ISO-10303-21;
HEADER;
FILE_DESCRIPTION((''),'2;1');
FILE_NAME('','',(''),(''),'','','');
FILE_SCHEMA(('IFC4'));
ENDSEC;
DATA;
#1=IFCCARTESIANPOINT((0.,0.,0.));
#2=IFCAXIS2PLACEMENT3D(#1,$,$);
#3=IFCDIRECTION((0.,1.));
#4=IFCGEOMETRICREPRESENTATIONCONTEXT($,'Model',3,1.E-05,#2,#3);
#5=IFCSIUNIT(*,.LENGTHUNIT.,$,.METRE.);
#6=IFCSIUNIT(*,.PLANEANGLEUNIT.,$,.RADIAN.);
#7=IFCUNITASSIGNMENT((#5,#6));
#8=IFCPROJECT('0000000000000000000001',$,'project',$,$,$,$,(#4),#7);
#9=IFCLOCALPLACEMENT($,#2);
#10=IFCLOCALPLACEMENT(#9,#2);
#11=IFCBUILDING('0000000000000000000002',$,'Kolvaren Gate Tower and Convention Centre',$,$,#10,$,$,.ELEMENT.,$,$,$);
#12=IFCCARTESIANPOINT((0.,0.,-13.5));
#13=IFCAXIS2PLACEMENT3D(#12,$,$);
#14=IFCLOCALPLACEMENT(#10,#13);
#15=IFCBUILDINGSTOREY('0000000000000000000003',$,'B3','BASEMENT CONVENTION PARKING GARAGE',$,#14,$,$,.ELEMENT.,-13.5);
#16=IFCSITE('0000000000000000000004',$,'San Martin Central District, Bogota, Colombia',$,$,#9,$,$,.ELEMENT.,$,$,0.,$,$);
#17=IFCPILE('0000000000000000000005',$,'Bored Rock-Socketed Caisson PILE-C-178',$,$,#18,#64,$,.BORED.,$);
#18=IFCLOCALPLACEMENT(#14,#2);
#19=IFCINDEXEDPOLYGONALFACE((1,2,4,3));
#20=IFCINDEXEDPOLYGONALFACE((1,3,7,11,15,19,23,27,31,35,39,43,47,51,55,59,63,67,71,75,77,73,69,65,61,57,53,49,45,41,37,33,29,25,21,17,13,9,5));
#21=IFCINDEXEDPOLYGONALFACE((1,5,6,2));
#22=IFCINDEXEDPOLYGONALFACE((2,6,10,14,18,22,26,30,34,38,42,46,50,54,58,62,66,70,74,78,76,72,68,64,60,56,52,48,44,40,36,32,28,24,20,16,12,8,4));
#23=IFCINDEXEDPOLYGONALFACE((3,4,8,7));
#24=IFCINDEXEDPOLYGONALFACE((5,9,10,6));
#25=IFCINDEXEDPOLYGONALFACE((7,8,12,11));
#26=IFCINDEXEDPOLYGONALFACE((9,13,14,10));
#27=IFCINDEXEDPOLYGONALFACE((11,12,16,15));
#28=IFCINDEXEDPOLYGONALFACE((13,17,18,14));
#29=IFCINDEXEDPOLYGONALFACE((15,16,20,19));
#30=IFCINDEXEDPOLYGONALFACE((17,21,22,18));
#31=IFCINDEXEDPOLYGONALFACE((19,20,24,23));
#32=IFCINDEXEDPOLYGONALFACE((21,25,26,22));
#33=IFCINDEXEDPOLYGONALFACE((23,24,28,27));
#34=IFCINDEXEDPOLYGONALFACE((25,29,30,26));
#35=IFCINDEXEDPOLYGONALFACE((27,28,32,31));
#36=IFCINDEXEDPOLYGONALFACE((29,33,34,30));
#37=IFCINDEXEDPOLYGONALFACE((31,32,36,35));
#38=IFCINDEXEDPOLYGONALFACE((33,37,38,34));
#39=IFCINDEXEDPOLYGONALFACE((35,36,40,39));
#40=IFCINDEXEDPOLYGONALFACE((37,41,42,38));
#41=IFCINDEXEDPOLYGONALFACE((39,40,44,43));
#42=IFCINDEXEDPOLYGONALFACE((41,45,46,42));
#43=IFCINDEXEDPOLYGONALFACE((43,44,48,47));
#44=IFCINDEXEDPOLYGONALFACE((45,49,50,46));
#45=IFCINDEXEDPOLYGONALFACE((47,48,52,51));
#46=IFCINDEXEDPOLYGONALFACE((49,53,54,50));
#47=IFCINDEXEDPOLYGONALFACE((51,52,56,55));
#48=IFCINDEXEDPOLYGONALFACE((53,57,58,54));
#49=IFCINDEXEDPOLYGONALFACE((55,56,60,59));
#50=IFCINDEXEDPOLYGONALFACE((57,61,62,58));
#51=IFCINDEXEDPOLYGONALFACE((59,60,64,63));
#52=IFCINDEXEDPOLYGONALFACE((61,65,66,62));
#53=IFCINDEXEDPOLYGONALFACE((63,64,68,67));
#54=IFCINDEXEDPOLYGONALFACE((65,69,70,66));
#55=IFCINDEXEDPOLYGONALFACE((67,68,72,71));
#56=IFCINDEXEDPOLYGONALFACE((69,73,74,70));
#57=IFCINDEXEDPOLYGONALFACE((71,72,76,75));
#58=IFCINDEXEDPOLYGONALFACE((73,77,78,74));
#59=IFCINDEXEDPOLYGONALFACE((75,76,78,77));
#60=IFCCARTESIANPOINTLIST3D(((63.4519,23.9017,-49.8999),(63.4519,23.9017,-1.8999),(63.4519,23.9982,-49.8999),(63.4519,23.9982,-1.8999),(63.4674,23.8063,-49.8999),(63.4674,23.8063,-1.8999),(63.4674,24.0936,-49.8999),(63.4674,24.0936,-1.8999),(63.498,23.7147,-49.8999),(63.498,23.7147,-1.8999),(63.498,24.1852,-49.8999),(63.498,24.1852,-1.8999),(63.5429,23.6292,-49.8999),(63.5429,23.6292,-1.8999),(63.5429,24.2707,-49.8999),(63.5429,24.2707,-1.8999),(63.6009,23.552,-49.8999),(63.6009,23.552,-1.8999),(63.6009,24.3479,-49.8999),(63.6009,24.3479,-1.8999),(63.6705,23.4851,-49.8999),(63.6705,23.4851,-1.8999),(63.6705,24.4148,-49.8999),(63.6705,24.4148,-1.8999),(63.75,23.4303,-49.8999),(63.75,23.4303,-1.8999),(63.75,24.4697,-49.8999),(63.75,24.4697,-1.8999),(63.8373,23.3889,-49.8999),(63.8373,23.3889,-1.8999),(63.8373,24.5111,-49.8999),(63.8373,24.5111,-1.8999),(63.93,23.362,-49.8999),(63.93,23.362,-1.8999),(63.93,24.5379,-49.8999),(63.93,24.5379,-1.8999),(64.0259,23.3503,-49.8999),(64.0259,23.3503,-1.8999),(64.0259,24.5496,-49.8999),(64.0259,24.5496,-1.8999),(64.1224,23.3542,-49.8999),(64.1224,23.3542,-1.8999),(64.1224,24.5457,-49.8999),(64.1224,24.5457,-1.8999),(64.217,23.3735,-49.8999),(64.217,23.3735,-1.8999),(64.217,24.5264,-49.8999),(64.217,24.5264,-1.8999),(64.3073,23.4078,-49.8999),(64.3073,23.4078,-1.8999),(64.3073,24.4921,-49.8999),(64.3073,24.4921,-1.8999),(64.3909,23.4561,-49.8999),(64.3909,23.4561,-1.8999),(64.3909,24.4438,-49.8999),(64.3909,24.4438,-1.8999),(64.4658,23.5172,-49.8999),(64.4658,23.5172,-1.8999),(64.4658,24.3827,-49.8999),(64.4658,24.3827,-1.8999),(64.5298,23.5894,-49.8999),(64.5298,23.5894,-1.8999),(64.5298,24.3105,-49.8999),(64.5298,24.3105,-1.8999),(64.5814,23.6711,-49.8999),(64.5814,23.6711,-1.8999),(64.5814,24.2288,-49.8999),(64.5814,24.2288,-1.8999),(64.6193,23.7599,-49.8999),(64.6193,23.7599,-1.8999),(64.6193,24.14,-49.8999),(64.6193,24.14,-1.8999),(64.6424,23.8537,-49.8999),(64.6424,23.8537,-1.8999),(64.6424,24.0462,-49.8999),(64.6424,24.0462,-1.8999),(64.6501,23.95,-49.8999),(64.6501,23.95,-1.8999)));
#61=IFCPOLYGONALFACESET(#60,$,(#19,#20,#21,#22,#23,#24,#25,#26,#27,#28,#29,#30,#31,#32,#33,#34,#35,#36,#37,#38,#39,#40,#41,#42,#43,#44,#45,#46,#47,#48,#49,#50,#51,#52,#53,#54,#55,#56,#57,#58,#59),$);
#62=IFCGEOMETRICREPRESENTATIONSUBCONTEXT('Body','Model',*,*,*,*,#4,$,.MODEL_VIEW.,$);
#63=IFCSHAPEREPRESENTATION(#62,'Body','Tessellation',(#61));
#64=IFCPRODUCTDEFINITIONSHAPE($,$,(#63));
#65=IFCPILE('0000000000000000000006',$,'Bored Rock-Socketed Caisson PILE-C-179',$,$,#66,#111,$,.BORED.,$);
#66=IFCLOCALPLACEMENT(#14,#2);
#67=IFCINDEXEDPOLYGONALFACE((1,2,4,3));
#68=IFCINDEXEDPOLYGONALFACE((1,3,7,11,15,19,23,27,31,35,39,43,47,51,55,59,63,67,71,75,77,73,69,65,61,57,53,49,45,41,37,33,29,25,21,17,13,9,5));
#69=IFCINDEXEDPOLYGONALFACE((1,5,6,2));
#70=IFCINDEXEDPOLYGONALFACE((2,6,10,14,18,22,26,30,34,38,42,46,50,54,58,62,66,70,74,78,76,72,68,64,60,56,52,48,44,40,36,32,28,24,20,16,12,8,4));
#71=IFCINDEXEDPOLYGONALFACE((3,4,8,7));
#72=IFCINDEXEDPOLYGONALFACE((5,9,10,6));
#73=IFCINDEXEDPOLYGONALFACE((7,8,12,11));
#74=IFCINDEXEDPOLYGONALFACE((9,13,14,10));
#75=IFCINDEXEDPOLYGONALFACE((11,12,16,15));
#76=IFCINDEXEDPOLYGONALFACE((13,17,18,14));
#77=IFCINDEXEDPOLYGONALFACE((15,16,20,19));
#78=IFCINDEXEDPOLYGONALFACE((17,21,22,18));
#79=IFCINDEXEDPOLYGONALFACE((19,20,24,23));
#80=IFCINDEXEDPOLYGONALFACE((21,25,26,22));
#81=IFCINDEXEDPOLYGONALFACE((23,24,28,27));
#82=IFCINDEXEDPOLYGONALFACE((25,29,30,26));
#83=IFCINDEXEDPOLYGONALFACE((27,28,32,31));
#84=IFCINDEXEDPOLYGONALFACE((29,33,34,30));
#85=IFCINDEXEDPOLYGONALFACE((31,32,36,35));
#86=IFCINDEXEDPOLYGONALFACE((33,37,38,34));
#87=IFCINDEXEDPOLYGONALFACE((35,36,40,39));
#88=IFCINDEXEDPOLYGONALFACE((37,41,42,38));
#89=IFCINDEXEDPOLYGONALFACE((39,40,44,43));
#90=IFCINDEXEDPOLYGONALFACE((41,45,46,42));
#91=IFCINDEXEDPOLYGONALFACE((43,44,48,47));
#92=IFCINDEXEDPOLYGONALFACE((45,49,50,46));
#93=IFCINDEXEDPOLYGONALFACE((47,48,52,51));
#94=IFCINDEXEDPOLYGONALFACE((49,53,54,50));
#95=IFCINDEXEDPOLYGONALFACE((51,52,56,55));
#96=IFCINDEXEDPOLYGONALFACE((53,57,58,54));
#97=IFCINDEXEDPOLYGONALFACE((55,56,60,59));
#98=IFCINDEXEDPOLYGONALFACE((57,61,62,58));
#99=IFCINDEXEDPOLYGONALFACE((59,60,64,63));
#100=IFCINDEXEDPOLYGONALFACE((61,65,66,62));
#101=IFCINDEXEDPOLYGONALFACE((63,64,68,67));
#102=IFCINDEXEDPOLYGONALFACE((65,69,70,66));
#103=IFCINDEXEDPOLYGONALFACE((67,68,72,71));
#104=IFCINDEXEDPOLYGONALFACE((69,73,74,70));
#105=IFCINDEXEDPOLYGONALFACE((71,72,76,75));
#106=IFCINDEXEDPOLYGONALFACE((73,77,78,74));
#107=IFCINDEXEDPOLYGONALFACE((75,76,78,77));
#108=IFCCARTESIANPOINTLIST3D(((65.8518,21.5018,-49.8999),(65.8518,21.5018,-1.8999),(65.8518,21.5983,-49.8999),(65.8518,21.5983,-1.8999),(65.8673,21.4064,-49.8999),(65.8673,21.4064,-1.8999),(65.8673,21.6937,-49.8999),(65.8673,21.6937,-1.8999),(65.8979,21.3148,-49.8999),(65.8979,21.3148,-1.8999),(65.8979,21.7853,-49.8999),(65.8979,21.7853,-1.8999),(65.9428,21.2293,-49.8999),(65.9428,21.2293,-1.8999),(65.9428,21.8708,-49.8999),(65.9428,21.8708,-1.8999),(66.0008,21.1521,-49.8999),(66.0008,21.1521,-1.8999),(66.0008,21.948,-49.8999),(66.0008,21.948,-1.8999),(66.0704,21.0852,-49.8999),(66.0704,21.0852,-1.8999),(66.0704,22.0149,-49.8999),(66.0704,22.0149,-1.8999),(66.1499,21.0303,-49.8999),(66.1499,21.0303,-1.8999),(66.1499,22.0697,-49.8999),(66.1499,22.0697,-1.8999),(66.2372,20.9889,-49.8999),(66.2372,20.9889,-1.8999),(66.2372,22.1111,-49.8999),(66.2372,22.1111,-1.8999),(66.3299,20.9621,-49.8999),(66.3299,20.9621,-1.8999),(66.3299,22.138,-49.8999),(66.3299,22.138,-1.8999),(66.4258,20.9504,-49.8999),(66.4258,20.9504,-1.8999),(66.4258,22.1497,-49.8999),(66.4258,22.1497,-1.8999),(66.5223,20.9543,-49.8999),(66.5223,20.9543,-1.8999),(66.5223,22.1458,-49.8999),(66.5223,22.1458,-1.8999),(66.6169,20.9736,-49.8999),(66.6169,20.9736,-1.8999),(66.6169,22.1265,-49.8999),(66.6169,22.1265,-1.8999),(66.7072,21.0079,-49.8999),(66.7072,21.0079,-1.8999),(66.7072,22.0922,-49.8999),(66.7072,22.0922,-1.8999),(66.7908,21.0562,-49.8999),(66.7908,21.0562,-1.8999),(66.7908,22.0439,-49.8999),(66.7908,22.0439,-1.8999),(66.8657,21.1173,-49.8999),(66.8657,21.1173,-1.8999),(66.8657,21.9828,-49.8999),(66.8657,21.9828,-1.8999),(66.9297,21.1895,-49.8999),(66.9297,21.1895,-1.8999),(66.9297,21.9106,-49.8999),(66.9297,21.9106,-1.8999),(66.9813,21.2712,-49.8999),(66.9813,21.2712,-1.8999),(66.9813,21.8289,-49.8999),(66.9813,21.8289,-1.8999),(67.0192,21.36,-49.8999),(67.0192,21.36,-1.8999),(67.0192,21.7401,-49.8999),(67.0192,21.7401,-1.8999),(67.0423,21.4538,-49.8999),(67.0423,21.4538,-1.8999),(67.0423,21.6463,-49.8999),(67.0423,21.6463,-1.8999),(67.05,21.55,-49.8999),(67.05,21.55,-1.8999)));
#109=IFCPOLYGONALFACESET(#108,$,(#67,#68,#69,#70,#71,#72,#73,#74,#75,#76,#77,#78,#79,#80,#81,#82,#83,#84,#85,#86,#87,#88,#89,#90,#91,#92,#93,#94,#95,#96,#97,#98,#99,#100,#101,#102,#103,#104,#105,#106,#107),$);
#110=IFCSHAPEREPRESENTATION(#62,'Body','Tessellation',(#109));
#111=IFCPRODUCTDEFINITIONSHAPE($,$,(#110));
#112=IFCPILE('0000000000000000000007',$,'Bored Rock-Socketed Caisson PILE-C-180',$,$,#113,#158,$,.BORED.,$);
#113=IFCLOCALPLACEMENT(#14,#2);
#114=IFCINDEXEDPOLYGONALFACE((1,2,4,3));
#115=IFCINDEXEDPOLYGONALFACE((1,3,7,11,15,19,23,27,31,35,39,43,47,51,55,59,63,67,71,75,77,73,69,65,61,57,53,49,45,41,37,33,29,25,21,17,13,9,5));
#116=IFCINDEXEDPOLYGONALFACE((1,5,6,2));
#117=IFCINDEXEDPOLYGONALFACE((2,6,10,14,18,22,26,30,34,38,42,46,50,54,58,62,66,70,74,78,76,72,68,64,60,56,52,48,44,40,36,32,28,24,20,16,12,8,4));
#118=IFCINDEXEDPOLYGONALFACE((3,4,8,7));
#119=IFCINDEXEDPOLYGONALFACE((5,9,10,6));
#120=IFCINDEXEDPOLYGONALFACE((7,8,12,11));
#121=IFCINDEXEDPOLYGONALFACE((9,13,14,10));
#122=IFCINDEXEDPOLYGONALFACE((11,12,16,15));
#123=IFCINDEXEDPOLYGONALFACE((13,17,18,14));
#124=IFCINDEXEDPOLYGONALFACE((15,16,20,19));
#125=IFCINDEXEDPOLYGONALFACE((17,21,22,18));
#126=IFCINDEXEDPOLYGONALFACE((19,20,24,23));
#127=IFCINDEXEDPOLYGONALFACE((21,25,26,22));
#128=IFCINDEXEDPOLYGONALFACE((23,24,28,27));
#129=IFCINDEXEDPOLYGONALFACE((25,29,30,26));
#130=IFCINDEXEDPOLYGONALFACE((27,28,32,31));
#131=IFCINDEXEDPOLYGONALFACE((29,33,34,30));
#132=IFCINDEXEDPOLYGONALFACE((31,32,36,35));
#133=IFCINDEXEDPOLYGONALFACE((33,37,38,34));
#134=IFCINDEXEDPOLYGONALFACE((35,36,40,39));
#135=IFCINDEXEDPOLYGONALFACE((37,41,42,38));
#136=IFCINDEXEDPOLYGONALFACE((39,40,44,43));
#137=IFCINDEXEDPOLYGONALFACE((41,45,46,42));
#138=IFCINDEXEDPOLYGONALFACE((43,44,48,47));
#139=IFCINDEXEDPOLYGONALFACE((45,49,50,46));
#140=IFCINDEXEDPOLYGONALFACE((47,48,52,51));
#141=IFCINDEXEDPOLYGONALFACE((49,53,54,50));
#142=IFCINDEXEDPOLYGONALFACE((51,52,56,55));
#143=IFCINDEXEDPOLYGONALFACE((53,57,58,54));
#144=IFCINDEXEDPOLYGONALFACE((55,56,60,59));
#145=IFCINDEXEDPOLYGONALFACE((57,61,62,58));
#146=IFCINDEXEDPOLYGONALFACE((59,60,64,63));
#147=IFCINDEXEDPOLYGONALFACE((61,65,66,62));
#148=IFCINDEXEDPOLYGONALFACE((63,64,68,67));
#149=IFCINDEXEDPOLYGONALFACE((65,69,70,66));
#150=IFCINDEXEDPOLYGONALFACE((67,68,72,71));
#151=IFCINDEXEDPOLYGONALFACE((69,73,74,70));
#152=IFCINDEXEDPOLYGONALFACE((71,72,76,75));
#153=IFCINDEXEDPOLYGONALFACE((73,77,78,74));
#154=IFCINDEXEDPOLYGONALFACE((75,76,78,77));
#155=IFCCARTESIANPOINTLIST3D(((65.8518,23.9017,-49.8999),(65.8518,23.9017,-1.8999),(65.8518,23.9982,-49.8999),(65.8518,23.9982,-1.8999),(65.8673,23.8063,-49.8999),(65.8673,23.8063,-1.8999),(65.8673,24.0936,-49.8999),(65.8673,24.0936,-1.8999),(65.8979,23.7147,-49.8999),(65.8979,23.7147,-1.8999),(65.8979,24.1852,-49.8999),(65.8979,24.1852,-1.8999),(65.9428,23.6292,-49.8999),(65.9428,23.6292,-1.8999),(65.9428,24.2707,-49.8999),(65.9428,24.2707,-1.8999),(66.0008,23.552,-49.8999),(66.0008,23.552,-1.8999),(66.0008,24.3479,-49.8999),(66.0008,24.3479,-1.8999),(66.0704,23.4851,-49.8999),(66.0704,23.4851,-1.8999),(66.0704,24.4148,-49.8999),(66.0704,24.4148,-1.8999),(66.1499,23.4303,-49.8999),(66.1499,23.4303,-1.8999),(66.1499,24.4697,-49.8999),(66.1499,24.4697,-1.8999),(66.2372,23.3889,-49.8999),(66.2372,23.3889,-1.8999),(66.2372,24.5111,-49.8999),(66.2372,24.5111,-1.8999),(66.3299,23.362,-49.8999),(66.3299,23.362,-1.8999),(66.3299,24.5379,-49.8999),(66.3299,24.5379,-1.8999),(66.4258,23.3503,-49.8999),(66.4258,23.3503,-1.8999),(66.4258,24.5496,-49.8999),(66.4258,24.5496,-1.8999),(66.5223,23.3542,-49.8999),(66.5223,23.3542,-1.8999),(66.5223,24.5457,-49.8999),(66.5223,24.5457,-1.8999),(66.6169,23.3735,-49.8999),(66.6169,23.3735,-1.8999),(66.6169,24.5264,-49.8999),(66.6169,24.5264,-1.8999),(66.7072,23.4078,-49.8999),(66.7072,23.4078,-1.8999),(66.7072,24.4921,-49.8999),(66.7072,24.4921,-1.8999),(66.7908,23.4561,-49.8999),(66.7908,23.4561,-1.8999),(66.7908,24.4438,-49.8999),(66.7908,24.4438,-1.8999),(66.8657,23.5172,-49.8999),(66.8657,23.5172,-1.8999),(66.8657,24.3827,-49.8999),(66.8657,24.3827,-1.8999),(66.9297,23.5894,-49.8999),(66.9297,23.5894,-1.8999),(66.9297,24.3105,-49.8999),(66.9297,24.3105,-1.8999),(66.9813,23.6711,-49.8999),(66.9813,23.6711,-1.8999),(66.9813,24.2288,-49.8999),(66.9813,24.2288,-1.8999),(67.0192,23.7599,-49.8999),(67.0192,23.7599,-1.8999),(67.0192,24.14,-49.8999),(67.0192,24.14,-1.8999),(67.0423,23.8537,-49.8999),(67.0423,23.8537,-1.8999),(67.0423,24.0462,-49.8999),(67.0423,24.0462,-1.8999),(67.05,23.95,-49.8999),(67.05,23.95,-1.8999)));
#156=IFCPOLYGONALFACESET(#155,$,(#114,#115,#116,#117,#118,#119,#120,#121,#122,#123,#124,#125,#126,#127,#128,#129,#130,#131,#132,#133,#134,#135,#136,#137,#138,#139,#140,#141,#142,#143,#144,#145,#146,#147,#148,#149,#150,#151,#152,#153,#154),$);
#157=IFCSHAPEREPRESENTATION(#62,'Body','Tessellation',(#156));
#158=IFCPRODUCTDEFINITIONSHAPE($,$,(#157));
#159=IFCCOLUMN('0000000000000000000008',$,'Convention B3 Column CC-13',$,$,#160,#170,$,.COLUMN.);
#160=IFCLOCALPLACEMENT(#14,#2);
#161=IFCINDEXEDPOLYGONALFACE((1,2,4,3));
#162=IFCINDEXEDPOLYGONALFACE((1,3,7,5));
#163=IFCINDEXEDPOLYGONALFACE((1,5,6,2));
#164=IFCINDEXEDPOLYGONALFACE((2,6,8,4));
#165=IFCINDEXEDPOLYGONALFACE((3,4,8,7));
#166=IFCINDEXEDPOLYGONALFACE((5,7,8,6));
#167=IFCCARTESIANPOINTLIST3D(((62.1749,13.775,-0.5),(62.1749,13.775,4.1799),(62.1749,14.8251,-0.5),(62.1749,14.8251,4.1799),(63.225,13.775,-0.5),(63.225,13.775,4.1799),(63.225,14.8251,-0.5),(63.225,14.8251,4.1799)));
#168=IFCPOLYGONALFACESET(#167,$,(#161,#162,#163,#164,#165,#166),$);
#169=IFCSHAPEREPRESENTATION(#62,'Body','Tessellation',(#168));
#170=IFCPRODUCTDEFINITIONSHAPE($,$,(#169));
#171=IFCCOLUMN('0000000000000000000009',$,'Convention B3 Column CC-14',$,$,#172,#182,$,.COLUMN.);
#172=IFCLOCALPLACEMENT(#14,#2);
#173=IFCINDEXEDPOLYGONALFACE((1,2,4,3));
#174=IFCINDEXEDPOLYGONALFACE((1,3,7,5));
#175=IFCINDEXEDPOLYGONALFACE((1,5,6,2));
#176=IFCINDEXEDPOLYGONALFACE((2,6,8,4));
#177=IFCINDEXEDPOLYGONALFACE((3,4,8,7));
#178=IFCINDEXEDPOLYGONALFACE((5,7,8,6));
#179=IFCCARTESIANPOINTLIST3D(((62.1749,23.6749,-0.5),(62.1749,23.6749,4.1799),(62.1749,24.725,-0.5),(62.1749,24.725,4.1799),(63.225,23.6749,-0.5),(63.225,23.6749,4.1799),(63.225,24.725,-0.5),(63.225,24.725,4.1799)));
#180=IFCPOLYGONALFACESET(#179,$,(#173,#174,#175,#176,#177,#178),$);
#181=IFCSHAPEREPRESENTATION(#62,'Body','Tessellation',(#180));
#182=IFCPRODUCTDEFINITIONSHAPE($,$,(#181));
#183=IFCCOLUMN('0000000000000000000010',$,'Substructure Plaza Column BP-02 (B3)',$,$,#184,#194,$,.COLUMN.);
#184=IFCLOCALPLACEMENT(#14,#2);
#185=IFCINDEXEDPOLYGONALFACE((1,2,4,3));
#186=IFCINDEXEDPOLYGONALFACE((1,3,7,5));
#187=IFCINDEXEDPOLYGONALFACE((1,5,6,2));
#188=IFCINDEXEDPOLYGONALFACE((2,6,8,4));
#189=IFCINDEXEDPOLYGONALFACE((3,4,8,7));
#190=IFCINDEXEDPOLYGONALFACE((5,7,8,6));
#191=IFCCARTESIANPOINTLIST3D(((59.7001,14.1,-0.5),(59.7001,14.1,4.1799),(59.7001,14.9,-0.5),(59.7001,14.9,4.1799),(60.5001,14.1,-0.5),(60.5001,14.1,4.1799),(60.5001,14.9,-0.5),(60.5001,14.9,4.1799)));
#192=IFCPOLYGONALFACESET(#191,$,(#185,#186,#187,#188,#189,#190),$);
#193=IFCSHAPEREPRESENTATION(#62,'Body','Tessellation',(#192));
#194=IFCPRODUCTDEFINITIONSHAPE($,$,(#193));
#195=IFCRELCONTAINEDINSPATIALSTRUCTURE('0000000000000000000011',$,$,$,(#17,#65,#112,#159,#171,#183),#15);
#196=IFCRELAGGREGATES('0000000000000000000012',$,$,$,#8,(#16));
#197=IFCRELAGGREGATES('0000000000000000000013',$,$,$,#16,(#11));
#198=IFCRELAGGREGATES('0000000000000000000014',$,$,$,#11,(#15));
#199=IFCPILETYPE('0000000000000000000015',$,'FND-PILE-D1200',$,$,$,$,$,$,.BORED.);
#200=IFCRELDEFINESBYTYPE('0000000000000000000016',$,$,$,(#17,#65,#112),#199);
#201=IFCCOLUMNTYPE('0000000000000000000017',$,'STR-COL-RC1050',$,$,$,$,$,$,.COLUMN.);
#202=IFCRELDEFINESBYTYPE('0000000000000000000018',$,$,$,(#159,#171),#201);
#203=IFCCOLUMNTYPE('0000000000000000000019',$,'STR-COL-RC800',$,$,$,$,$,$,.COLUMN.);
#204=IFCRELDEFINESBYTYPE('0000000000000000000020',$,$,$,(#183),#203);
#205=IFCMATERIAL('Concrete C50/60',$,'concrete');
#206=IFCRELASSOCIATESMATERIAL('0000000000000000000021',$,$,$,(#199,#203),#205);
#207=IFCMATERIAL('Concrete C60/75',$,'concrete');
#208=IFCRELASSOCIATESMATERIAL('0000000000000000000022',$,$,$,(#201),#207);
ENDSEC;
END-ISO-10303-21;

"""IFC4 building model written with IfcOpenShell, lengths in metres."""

from ifc_helpers import new_model, si_unit, direction, frame, origin, origin_2d, place, context, subcontext, project, spatial, rectangle, circle, extrude, material, material_profile, profile_set, type_object, element, save


model = new_model("IFC4")

# Units and contexts
model_context = context("Model", 3, precision=1e-05, world=origin(), true_north=direction((0.0, 1.0)))
body_context = subcontext(model_context, "Body", "Model", "MODEL_VIEW")
ifc_project = project(units=[si_unit("LENGTHUNIT", "METRE"), si_unit("PLANEANGLEUNIT", "RADIAN")], contexts=[model_context])

# Site, building, storey
site_placement = place(None, origin())
site = spatial("IfcSite", under=ifc_project, at=site_placement, Name="San Martin Central District, Bogota, Colombia", CompositionType="ELEMENT", RefElevation=0.0)
building_placement = place(site_placement, origin())
building = spatial("IfcBuilding", under=site, at=building_placement, Name="Kolvaren Gate Tower and Convention Centre", CompositionType="ELEMENT")
storey_placement = place(building_placement, frame((0.0, 0.0, -13.5)))
storey = spatial("IfcBuildingStorey", under=building, at=storey_placement, Name="B3", Description="BASEMENT CONVENTION PARKING GARAGE", CompositionType="ELEMENT", Elevation=-13.5)

# Shared definitions
ifc_material_1 = material(Name="Concrete C50/60", Category="concrete")
ifc_material_2 = material(Name="Concrete C60/75", Category="concrete")

# Piles
ifc_material_profile_1 = material_profile(ifc_material_1, circle(Radius=0.6001, at=origin_2d()), Name="CAISSON-D1200")
ifc_profile_set_1 = profile_set([ifc_material_profile_1], Name="Concrete C50/60")
pile_type = type_object("IfcPileType", Name="FND-PILE-D1200", PredefinedType="BORED", material=ifc_profile_set_1)
for number, where, z_axis, x_axis, name in (
    (1, (64.05, 23.95, -1.8999), (0.0, 0.0, -1.0), (1.0, 0.0, 0.0), "Bored Rock-Socketed Caisson PILE-C-178"),
    (2, (66.45, 21.55, -1.8999), (0.0, 0.0, -1.0), (1.0, 0.0, 0.0), "Bored Rock-Socketed Caisson PILE-C-179"),
    (3, (66.45, 23.95, -1.8999), (0.0, 0.0, -1.0), (1.0, 0.0, 0.0), "Bored Rock-Socketed Caisson PILE-C-180"),
):
    element("IfcPile", number, at=place(storey_placement, frame(where, z_axis=z_axis, x_axis=x_axis)), inside=storey, type_object=pile_type, Name=name, PredefinedType="BORED", context=body_context, shape_type="SweptSolid", body=[
        extrude(circle(Radius=0.6001, at=origin_2d()), origin(), (0.0, 0.0, 1.0), 48.0),
    ])

# Columns
ifc_material_profile_2 = material_profile(ifc_material_2, rectangle(XDim=1.05, YDim=1.05, at=origin_2d()), Name="RC-COL-1050X1050")
ifc_profile_set_2 = profile_set([ifc_material_profile_2], Name="Concrete C60/75")
column_type_1 = type_object("IfcColumnType", Name="STR-COL-RC1050", PredefinedType="COLUMN", material=ifc_profile_set_2)
for number, where, z_axis, x_axis, name in (
    (4, (62.7, 14.3, -0.5), (0.0, 0.0, 1.0), (1.0, 0.0, 0.0), "Convention B3 Column CC-13"),
    (5, (62.7, 24.2, -0.5), (0.0, 0.0, 1.0), (1.0, 0.0, 0.0), "Convention B3 Column CC-14"),
):
    element("IfcColumn", number, at=place(storey_placement, frame(where, z_axis=z_axis, x_axis=x_axis)), inside=storey, type_object=column_type_1, Name=name, PredefinedType="COLUMN", context=body_context, shape_type="SweptSolid", body=[
        extrude(rectangle(XDim=1.05, YDim=1.05, at=origin_2d()), origin(), (0.0, 0.0, 1.0), 4.6799),
    ])
ifc_material_profile_3 = material_profile(ifc_material_1, rectangle(XDim=0.8, YDim=0.8, at=origin_2d()), Name="RC-COL-800X800")
ifc_profile_set_3 = profile_set([ifc_material_profile_3], Name="Concrete C50/60")
column_type_2 = type_object("IfcColumnType", Name="STR-COL-RC800", PredefinedType="COLUMN", material=ifc_profile_set_3)
column_placement = place(storey_placement, frame((60.1001, 14.5, -0.5), z_axis=(0.0, 0.0, 1.0), x_axis=(1.0, 0.0, 0.0)))
element("IfcColumn", 6, at=column_placement, inside=storey, type_object=column_type_2, Name="Substructure Plaza Column BP-02 (B3)", PredefinedType="COLUMN", context=body_context, shape_type="SweptSolid", body=[
    extrude(rectangle(XDim=0.8, YDim=0.8, at=origin_2d()), origin(), (0.0, 0.0, 1.0), 4.6799),
])

save(model, "model.ifc")
